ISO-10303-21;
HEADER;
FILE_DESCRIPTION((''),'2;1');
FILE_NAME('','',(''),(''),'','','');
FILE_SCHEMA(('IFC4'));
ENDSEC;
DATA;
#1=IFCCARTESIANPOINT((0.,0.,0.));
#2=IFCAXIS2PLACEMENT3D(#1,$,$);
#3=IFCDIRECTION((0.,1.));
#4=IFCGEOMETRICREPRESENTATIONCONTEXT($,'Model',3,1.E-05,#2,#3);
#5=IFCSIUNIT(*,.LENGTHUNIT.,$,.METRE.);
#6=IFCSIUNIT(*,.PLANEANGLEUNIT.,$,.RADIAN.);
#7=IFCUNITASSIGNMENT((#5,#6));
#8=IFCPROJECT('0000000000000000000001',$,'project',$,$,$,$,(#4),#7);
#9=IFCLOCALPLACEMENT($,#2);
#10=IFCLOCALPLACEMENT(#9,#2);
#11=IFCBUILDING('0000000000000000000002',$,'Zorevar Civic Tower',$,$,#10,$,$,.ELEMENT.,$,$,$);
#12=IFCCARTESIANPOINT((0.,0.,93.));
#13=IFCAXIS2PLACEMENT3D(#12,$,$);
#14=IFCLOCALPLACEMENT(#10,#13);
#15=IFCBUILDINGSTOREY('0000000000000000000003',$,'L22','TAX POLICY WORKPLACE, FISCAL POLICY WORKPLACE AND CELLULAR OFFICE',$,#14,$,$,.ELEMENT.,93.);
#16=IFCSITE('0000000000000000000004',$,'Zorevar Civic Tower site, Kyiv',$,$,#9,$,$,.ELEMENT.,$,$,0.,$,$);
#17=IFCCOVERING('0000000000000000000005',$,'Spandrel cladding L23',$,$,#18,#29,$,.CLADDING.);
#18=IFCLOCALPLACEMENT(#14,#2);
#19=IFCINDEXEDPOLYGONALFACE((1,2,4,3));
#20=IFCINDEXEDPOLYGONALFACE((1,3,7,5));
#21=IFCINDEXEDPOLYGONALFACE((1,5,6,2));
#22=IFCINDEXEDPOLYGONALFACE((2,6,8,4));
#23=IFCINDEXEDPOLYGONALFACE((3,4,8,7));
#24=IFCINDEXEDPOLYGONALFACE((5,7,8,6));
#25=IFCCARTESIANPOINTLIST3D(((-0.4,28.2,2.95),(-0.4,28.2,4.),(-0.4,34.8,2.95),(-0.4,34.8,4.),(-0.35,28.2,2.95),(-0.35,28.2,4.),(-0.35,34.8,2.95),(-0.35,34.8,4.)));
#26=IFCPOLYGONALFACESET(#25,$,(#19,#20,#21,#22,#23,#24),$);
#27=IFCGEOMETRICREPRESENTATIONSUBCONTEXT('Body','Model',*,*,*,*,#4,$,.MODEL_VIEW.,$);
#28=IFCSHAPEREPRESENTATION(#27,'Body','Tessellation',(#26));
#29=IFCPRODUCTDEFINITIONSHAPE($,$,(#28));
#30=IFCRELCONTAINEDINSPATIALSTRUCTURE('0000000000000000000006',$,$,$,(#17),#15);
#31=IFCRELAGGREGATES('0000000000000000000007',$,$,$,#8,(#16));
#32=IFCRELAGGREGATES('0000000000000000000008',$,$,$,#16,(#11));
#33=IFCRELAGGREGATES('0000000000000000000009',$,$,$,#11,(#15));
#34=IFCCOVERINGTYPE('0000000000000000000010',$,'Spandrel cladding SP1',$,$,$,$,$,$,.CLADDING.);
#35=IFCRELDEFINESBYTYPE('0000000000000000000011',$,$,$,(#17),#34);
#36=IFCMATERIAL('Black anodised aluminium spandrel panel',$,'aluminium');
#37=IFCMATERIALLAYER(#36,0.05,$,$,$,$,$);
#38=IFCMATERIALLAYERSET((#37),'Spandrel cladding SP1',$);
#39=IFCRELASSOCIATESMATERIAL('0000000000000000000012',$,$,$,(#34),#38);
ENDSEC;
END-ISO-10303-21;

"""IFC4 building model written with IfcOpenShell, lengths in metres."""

from ifc_helpers import new_model, si_unit, direction, frame, frame_2d, origin, place, context, subcontext, project, spatial, rectangle, extrude, material, layer, layer_set, type_object, element, save


model = new_model("IFC4")

# Units and contexts
model_context = context("Model", 3, precision=1e-05, world=origin(), true_north=direction((0.0, 1.0)))
body_context = subcontext(model_context, "Body", "Model", "MODEL_VIEW")
ifc_project = project(units=[si_unit("LENGTHUNIT", "METRE"), si_unit("PLANEANGLEUNIT", "RADIAN")], contexts=[model_context])

# Site, building, storey
site_placement = place(None, origin())
site = spatial("IfcSite", under=ifc_project, at=site_placement, Name="Zorevar Civic Tower site, Kyiv", CompositionType="ELEMENT", RefElevation=0.0)
building_placement = place(site_placement, origin())
building = spatial("IfcBuilding", under=site, at=building_placement, Name="Zorevar Civic Tower", CompositionType="ELEMENT")
storey_placement = place(building_placement, frame((0.0, 0.0, 93.0)))
storey = spatial("IfcBuildingStorey", under=building, at=storey_placement, Name="L22", Description="TAX POLICY WORKPLACE, FISCAL POLICY WORKPLACE AND CELLULAR OFFICE", CompositionType="ELEMENT", Elevation=93.0)

# Covering
ifc_material_1 = material(Name="Black anodised aluminium spandrel panel", Category="aluminium")
ifc_layer_1 = layer(ifc_material_1, 0.05)
ifc_layer_set_1 = layer_set([ifc_layer_1], Name="Spandrel cladding SP1")
covering_type = type_object("IfcCoveringType", Name="Spandrel cladding SP1", PredefinedType="CLADDING", material=ifc_layer_set_1)
for number, where, z_axis, x_axis, name in (
    (1, (-0.375, 28.2, 2.95), (0.0, 0.0, 1.0), (0.0, 1.0, 0.0), "Spandrel cladding L23"),
):
    element("IfcCovering", number, at=place(storey_placement, frame(where, z_axis=z_axis, x_axis=x_axis)), inside=storey, type_object=covering_type, Name=name, PredefinedType="CLADDING", context=body_context, shape_type="SweptSolid", body=[
        extrude(rectangle(XDim=6.6001, YDim=0.05, at=frame_2d((3.3, 0.0))), origin(), (0.0, 0.0, 1.0), 1.05),
    ])

save(model, "model.ifc")
